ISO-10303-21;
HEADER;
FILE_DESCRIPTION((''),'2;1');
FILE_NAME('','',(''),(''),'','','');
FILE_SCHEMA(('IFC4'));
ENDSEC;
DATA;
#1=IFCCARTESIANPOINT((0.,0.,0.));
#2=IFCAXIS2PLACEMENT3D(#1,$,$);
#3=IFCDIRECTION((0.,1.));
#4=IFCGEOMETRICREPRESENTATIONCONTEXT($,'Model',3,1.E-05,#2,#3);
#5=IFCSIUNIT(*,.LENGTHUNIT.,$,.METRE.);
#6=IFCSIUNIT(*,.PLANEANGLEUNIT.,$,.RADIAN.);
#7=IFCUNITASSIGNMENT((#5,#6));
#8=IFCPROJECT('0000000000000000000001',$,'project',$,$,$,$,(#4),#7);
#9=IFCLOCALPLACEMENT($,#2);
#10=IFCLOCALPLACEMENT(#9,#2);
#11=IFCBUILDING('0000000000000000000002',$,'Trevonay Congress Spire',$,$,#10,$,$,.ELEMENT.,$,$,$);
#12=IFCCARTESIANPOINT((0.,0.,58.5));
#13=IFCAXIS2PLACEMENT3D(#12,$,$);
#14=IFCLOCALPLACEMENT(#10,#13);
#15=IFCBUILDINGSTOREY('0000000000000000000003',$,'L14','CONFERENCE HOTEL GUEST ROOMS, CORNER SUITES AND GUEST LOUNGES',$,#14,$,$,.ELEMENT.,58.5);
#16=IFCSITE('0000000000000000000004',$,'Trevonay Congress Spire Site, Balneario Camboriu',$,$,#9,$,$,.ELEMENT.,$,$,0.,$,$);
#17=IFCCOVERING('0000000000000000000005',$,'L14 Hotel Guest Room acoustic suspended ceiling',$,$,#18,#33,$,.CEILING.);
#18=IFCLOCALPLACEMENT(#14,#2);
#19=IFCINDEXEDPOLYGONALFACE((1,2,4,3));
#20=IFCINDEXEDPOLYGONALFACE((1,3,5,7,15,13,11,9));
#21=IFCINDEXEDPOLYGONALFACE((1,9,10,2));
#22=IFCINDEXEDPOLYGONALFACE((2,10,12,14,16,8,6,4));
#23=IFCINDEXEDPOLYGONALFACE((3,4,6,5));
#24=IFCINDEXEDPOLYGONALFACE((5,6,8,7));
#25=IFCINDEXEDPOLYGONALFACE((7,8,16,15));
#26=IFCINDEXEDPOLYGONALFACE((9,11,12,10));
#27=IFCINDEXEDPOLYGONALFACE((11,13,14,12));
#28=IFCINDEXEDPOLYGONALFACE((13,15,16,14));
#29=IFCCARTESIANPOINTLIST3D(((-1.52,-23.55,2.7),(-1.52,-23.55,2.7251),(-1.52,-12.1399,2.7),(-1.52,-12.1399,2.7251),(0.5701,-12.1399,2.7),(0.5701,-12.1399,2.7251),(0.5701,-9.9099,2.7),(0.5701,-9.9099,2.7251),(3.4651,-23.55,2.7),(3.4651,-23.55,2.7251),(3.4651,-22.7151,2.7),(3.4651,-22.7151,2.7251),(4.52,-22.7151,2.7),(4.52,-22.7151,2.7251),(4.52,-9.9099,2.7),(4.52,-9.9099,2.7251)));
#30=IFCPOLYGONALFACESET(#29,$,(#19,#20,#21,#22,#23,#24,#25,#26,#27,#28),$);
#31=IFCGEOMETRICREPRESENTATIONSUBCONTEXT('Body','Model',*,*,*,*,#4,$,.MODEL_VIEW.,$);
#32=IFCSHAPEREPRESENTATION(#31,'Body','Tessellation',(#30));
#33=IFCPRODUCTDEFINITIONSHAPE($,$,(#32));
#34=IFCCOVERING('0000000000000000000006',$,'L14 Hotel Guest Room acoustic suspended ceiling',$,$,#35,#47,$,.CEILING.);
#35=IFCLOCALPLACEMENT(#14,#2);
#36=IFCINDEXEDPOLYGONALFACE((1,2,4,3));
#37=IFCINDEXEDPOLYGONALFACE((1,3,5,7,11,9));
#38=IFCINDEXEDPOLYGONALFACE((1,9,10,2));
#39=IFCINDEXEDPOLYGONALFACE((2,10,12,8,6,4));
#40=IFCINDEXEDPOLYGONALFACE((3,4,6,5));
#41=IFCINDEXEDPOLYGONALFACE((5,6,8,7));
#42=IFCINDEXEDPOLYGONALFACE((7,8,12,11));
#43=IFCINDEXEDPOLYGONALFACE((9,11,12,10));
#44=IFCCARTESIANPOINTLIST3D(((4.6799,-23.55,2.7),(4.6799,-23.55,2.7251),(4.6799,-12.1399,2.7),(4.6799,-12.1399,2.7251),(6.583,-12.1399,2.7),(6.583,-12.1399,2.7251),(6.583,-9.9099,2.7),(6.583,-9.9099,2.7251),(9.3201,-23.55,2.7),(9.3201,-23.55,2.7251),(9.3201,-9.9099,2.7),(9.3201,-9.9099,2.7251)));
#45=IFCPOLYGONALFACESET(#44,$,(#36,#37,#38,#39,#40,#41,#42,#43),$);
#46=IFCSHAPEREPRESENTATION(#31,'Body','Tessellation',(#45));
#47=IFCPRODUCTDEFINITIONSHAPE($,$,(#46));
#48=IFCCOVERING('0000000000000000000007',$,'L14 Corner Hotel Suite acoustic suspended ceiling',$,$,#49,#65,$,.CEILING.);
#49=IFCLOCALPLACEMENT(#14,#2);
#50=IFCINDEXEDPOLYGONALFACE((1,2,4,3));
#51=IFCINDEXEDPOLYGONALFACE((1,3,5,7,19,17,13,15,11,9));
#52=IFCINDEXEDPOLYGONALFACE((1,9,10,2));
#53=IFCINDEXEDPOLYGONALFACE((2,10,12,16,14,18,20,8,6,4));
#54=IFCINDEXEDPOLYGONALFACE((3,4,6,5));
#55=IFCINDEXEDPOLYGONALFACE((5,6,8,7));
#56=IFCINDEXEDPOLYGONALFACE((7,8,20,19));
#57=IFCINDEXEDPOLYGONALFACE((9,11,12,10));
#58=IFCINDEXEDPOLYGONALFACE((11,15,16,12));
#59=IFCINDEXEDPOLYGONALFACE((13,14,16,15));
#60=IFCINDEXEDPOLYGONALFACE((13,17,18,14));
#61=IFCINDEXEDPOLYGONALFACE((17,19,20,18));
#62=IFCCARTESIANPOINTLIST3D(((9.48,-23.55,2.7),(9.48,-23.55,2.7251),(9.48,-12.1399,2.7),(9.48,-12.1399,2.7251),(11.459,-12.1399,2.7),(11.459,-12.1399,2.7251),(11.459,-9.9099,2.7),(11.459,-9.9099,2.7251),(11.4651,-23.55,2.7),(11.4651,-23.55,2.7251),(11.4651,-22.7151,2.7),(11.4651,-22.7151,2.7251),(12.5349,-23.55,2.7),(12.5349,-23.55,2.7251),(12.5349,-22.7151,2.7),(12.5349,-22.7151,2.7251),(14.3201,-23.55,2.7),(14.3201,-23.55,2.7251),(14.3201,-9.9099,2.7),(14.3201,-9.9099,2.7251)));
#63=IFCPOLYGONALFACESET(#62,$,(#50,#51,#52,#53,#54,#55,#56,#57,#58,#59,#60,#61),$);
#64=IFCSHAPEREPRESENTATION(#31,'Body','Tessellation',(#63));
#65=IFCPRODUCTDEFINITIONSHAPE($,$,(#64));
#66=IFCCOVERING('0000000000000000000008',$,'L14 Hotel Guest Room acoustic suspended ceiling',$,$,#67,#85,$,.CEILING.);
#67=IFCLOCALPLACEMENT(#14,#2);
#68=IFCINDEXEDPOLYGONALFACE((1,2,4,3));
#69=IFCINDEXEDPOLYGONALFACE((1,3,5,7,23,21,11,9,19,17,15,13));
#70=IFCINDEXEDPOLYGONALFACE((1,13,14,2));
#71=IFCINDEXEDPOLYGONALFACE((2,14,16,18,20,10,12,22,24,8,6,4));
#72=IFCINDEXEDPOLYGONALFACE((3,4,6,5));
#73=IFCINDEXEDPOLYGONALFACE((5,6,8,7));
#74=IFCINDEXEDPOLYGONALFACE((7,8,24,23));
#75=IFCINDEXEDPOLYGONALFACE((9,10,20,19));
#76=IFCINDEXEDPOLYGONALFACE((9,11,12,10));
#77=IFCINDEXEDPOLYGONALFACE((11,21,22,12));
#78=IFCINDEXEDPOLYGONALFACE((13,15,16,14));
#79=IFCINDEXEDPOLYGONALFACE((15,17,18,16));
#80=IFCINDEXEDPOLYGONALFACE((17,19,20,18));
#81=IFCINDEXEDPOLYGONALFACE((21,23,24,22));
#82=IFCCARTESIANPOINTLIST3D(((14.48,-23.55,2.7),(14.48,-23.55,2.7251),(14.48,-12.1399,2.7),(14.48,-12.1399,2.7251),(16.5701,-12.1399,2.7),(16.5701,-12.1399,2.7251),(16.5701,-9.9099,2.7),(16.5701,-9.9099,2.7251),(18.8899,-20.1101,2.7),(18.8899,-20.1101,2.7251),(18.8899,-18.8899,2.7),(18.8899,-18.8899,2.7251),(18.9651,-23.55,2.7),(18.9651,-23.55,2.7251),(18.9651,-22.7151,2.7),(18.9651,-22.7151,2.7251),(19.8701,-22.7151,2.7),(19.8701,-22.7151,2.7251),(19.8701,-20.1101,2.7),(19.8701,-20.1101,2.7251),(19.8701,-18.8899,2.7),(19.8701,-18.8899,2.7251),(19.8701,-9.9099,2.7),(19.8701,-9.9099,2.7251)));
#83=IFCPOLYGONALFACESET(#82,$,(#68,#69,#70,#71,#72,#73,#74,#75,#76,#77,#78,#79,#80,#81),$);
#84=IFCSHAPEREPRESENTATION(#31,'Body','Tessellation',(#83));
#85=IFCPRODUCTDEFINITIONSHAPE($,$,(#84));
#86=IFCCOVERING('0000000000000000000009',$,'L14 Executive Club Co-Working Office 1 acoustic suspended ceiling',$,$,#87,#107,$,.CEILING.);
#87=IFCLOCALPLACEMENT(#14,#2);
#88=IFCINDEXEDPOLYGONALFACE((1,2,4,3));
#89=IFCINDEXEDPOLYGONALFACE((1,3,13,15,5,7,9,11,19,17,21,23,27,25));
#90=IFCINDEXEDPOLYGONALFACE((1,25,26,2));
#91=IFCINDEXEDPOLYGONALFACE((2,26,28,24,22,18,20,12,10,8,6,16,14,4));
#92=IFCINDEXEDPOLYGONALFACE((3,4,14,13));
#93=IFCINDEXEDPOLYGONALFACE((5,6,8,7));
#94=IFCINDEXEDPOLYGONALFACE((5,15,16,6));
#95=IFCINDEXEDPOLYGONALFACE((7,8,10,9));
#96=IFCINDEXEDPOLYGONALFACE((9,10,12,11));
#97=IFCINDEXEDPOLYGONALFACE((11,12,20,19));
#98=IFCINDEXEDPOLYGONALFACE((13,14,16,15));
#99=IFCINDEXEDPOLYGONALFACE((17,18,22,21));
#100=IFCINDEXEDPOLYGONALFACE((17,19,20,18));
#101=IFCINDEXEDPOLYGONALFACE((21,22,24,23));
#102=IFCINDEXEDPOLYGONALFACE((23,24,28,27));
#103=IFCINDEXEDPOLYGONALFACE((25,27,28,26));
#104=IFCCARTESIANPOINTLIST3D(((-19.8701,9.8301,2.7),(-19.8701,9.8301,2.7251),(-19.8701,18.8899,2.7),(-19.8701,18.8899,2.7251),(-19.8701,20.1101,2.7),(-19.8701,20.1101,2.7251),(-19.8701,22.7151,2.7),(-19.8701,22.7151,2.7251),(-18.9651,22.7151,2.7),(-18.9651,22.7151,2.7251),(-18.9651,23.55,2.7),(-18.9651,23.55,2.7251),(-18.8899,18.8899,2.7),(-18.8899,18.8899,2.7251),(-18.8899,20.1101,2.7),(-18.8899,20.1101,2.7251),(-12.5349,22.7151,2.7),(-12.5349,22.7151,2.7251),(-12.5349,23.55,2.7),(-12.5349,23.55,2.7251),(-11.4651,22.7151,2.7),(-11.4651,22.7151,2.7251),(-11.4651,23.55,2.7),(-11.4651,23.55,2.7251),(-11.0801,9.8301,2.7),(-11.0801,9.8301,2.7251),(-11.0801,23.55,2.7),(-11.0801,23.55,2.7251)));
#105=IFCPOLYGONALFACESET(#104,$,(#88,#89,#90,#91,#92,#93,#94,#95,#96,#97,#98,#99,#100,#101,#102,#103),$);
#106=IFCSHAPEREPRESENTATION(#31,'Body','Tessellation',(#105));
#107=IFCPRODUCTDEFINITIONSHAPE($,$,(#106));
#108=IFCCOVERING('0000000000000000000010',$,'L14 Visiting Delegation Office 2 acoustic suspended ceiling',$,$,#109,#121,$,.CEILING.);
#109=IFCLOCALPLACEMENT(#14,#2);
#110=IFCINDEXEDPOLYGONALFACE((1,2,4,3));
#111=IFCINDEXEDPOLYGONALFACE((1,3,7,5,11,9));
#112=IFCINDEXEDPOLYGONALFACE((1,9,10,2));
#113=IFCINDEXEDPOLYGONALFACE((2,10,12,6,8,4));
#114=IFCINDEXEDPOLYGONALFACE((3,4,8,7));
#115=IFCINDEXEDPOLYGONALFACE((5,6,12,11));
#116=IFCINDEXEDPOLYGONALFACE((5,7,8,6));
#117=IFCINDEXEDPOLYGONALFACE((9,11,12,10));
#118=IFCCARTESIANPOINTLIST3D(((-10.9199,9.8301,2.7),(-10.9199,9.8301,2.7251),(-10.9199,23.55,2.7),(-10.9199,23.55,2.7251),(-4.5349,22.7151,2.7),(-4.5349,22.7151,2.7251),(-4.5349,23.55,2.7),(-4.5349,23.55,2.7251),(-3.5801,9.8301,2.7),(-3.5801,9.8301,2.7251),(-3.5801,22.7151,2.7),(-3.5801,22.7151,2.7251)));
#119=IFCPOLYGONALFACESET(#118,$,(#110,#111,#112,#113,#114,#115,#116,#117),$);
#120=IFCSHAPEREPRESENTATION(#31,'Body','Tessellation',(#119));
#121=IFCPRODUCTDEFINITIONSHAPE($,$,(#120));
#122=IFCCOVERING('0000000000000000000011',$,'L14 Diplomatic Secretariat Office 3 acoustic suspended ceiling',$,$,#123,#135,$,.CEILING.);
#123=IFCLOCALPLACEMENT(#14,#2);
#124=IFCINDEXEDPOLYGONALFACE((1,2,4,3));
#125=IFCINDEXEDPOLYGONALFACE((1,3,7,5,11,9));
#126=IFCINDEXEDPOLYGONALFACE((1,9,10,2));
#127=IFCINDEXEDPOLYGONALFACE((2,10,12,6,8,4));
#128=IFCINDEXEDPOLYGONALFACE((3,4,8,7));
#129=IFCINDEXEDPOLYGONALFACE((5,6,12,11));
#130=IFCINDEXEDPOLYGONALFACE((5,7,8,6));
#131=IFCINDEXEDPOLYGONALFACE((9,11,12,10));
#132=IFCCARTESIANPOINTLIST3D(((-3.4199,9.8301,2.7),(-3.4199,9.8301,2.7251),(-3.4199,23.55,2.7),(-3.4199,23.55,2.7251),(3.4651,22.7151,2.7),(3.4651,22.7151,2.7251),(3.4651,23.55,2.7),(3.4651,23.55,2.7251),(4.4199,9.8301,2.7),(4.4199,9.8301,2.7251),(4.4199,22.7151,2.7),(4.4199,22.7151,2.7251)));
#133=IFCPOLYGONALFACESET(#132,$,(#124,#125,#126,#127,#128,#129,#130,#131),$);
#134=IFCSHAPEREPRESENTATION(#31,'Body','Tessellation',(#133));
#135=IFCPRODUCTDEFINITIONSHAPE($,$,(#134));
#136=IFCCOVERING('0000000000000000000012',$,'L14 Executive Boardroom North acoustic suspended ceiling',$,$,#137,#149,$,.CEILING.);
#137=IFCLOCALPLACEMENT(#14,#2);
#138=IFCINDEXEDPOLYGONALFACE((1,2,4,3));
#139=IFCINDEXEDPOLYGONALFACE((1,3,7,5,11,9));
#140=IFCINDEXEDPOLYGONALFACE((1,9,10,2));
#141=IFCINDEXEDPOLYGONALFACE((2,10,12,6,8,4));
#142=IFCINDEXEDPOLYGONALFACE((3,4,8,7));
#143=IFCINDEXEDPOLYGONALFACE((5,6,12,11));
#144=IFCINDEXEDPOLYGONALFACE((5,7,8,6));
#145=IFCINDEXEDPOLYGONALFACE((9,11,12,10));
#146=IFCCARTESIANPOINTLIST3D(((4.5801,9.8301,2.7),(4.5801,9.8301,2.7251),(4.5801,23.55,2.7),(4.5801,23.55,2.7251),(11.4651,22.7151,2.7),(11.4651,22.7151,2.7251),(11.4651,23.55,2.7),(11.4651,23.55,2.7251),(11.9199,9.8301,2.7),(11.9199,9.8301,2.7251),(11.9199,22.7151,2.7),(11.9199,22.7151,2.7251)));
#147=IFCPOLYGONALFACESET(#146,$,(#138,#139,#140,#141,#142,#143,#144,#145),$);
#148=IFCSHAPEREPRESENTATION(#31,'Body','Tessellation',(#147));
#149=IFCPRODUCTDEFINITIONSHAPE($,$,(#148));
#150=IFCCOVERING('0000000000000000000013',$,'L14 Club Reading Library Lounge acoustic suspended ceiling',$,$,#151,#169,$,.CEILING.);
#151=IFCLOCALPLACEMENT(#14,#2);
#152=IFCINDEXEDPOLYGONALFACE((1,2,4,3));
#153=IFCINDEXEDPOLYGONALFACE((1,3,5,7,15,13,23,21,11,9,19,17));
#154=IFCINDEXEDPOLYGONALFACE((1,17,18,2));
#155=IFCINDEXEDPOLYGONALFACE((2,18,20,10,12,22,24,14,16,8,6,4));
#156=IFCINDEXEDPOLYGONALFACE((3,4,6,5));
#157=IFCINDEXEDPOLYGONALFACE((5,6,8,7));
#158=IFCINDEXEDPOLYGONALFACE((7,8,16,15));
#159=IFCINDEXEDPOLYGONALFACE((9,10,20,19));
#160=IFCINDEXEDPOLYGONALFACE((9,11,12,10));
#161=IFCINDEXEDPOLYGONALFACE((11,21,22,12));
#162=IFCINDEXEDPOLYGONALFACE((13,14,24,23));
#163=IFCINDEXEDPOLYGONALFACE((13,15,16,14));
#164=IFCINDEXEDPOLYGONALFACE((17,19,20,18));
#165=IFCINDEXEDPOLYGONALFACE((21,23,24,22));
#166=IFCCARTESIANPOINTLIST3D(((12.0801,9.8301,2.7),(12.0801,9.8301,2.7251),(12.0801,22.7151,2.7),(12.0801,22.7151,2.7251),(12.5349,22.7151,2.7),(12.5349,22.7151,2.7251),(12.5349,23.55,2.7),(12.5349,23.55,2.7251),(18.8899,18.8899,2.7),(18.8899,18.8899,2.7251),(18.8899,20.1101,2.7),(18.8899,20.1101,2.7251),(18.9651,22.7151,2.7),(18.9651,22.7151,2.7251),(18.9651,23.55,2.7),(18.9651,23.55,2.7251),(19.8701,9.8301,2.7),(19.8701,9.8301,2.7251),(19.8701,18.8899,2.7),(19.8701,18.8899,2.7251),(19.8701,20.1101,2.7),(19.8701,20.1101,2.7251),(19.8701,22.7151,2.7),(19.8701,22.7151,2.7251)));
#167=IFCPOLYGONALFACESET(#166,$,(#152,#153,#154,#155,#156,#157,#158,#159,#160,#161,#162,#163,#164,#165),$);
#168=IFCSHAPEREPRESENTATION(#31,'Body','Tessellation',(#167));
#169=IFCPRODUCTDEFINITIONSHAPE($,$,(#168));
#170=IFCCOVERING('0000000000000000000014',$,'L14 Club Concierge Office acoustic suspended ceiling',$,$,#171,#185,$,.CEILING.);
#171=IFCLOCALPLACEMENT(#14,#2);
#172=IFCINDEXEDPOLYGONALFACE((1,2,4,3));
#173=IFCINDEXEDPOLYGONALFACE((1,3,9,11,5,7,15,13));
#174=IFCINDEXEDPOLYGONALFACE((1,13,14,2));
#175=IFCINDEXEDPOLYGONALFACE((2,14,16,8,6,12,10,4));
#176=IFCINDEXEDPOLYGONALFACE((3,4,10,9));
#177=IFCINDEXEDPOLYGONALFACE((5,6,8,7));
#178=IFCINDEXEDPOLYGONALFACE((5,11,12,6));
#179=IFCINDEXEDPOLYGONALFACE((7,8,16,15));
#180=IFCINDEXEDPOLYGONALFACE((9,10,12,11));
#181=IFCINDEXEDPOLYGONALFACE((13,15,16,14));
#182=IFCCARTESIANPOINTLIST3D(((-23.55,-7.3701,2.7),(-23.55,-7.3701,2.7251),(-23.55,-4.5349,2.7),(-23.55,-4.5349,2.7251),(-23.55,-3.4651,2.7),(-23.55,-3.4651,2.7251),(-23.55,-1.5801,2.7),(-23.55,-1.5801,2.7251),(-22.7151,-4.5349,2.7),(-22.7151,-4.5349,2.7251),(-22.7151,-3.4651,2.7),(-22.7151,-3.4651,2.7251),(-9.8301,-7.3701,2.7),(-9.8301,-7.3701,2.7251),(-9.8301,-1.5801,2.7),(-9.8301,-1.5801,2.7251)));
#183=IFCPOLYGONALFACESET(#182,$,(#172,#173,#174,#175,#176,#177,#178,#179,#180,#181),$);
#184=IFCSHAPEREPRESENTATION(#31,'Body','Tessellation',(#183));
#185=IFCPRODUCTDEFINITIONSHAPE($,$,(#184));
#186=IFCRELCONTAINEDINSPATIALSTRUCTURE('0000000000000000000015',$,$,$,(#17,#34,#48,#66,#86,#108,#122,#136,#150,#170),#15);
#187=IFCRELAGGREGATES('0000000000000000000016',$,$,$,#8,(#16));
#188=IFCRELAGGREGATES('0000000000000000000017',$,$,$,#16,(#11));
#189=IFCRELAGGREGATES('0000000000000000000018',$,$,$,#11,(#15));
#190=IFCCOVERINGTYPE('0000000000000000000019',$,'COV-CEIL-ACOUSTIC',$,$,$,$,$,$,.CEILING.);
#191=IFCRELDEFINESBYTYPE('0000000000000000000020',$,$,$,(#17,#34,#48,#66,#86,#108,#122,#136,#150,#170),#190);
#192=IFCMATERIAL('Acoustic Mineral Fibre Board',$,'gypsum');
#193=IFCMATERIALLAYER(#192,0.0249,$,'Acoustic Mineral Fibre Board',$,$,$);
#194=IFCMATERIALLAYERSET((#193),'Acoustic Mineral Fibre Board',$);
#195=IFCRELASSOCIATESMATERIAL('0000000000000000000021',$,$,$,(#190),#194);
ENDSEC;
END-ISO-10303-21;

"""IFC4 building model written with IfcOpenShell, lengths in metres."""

from ifc_helpers import new_model, si_unit, direction, frame, origin, place, context, subcontext, project, spatial, polyline, outline, extrude, material, layer, layer_set, type_object, element, save


model = new_model("IFC4")

# Units and contexts
model_context = context("Model", 3, precision=1e-05, world=origin(), true_north=direction((0.0, 1.0)))
body_context = subcontext(model_context, "Body", "Model", "MODEL_VIEW")
ifc_project = project(units=[si_unit("LENGTHUNIT", "METRE"), si_unit("PLANEANGLEUNIT", "RADIAN")], contexts=[model_context])

# Site, building, storey
site_placement = place(None, origin())
site = spatial("IfcSite", under=ifc_project, at=site_placement, Name="Trevonay Congress Spire Site, Balneario Camboriu", CompositionType="ELEMENT", RefElevation=0.0)
building_placement = place(site_placement, origin())
building = spatial("IfcBuilding", under=site, at=building_placement, Name="Trevonay Congress Spire", CompositionType="ELEMENT")
storey_placement = place(building_placement, frame((0.0, 0.0, 58.5)))
storey = spatial("IfcBuildingStorey", under=building, at=storey_placement, Name="L14", Description="CONFERENCE HOTEL GUEST ROOMS, CORNER SUITES AND GUEST LOUNGES", CompositionType="ELEMENT", Elevation=58.5)

# Coverings
ifc_material_1 = material(Name="Acoustic Mineral Fibre Board", Category="gypsum")
ifc_layer_1 = layer(ifc_material_1, 0.0249, Name="Acoustic Mineral Fibre Board")
ifc_layer_set_1 = layer_set([ifc_layer_1], Name="Acoustic Mineral Fibre Board")
covering_type_1 = type_object("IfcCoveringType", Name="COV-CEIL-ACOUSTIC", PredefinedType="CEILING", material=ifc_layer_set_1)
covering_1_placement = place(storey_placement, frame((0.0, 0.0, 2.7)))
element("IfcCovering", 1, at=covering_1_placement, inside=storey, type_object=covering_type_1, Name="L14 Hotel Guest Room acoustic suspended ceiling", PredefinedType="CEILING", context=body_context, shape_type="SweptSolid", body=[
    extrude(outline(polyline([(-1.52, -23.55), (-1.52, -12.1399), (0.5701, -12.1399), (0.5701, -9.9099), (4.52, -9.9099), (4.52, -22.7151), (3.4651, -22.7151), (3.4651, -23.55), (-1.52, -23.55)])), origin(), (0.0, 0.0, 1.0), 0.0251),
])
covering_2_placement = place(storey_placement, frame((0.0, 0.0, 2.7)))
element("IfcCovering", 2, at=covering_2_placement, inside=storey, type_object=covering_type_1, Name="L14 Hotel Guest Room acoustic suspended ceiling", PredefinedType="CEILING", context=body_context, shape_type="SweptSolid", body=[
    extrude(outline(polyline([(4.6799, -23.55), (9.3201, -23.55), (9.3201, -9.9099), (6.583, -9.9099), (6.583, -12.1399), (4.6799, -12.1399), (4.6799, -23.55)])), origin(), (0.0, 0.0, 1.0), 0.0251),
])
covering_3_placement = place(storey_placement, frame((0.0, 0.0, 2.7)))
element("IfcCovering", 3, at=covering_3_placement, inside=storey, type_object=covering_type_1, Name="L14 Corner Hotel Suite acoustic suspended ceiling", PredefinedType="CEILING", context=body_context, shape_type="SweptSolid", body=[
    extrude(outline(polyline([(9.48, -23.55), (9.48, -12.1399), (11.459, -12.1399), (11.459, -9.9099), (14.3201, -9.9099), (14.3201, -23.55), (12.5349, -23.55), (12.5349, -22.7151), (11.4651, -22.7151), (11.4651, -23.55), (9.48, -23.55)])), origin(), (0.0, 0.0, 1.0), 0.0251),
])
covering_4_placement = place(storey_placement, frame((0.0, 0.0, 2.7)))
element("IfcCovering", 4, at=covering_4_placement, inside=storey, type_object=covering_type_1, Name="L14 Hotel Guest Room acoustic suspended ceiling", PredefinedType="CEILING", context=body_context, shape_type="SweptSolid", body=[
    extrude(outline(polyline([(14.48, -23.55), (14.48, -12.1399), (16.5701, -12.1399), (16.5701, -9.9099), (19.8701, -9.9099), (19.8701, -18.8899), (18.8899, -18.8899), (18.8899, -20.1101), (19.8701, -20.1101), (19.8701, -22.7151), (18.9651, -22.7151), (18.9651, -23.55), (14.48, -23.55)])), origin(), (0.0, 0.0, 1.0), 0.0251),
])
covering_5_placement = place(storey_placement, frame((0.0, 0.0, 2.7)))
element("IfcCovering", 5, at=covering_5_placement, inside=storey, type_object=covering_type_1, Name="L14 Executive Club Co-Working Office 1 acoustic suspended ceiling", PredefinedType="CEILING", context=body_context, shape_type="SweptSolid", body=[
    extrude(outline(polyline([(-11.0801, 23.55), (-11.0801, 9.8301), (-19.8701, 9.8301), (-19.8701, 18.8899), (-18.8899, 18.8899), (-18.8899, 20.1101), (-19.8701, 20.1101), (-19.8701, 22.7151), (-18.9651, 22.7151), (-18.9651, 23.55), (-12.5349, 23.55), (-12.5349, 22.7151), (-11.4651, 22.7151), (-11.4651, 23.55), (-11.0801, 23.55)])), origin(), (0.0, 0.0, 1.0), 0.0251),
])
covering_6_placement = place(storey_placement, frame((0.0, 0.0, 2.7)))
element("IfcCovering", 6, at=covering_6_placement, inside=storey, type_object=covering_type_1, Name="L14 Visiting Delegation Office 2 acoustic suspended ceiling", PredefinedType="CEILING", context=body_context, shape_type="SweptSolid", body=[
    extrude(outline(polyline([(-3.5801, 9.8301), (-10.9199, 9.8301), (-10.9199, 23.55), (-4.5349, 23.55), (-4.5349, 22.7151), (-3.5801, 22.7151), (-3.5801, 9.8301)])), origin(), (0.0, 0.0, 1.0), 0.0251),
])
covering_7_placement = place(storey_placement, frame((0.0, 0.0, 2.7)))
element("IfcCovering", 7, at=covering_7_placement, inside=storey, type_object=covering_type_1, Name="L14 Diplomatic Secretariat Office 3 acoustic suspended ceiling", PredefinedType="CEILING", context=body_context, shape_type="SweptSolid", body=[
    extrude(outline(polyline([(4.4199, 9.8301), (-3.4199, 9.8301), (-3.4199, 23.55), (3.4651, 23.55), (3.4651, 22.7151), (4.4199, 22.7151), (4.4199, 9.8301)])), origin(), (0.0, 0.0, 1.0), 0.0251),
])
covering_8_placement = place(storey_placement, frame((0.0, 0.0, 2.7)))
element("IfcCovering", 8, at=covering_8_placement, inside=storey, type_object=covering_type_1, Name="L14 Executive Boardroom North acoustic suspended ceiling", PredefinedType="CEILING", context=body_context, shape_type="SweptSolid", body=[
    extrude(outline(polyline([(11.9199, 9.8301), (4.5801, 9.8301), (4.5801, 23.55), (11.4651, 23.55), (11.4651, 22.7151), (11.9199, 22.7151), (11.9199, 9.8301)])), origin(), (0.0, 0.0, 1.0), 0.0251),
])
covering_9_placement = place(storey_placement, frame((0.0, 0.0, 2.7)))
element("IfcCovering", 9, at=covering_9_placement, inside=storey, type_object=covering_type_1, Name="L14 Club Reading Library Lounge acoustic suspended ceiling", PredefinedType="CEILING", context=body_context, shape_type="SweptSolid", body=[
    extrude(outline(polyline([(19.8701, 9.8301), (12.0801, 9.8301), (12.0801, 22.7151), (12.5349, 22.7151), (12.5349, 23.55), (18.9651, 23.55), (18.9651, 22.7151), (19.8701, 22.7151), (19.8701, 20.1101), (18.8899, 20.1101), (18.8899, 18.8899), (19.8701, 18.8899), (19.8701, 9.8301)])), origin(), (0.0, 0.0, 1.0), 0.0251),
])
covering_10_placement = place(storey_placement, frame((0.0, 0.0, 2.7)))
element("IfcCovering", 10, at=covering_10_placement, inside=storey, type_object=covering_type_1, Name="L14 Club Concierge Office acoustic suspended ceiling", PredefinedType="CEILING", context=body_context, shape_type="SweptSolid", body=[
    extrude(outline(polyline([(-23.55, -1.5801), (-9.8301, -1.5801), (-9.8301, -7.3701), (-23.55, -7.3701), (-23.55, -4.5349), (-22.7151, -4.5349), (-22.7151, -3.4651), (-23.55, -3.4651), (-23.55, -1.5801)])), origin(), (0.0, 0.0, 1.0), 0.0251),
])

save(model, "model.ifc")
